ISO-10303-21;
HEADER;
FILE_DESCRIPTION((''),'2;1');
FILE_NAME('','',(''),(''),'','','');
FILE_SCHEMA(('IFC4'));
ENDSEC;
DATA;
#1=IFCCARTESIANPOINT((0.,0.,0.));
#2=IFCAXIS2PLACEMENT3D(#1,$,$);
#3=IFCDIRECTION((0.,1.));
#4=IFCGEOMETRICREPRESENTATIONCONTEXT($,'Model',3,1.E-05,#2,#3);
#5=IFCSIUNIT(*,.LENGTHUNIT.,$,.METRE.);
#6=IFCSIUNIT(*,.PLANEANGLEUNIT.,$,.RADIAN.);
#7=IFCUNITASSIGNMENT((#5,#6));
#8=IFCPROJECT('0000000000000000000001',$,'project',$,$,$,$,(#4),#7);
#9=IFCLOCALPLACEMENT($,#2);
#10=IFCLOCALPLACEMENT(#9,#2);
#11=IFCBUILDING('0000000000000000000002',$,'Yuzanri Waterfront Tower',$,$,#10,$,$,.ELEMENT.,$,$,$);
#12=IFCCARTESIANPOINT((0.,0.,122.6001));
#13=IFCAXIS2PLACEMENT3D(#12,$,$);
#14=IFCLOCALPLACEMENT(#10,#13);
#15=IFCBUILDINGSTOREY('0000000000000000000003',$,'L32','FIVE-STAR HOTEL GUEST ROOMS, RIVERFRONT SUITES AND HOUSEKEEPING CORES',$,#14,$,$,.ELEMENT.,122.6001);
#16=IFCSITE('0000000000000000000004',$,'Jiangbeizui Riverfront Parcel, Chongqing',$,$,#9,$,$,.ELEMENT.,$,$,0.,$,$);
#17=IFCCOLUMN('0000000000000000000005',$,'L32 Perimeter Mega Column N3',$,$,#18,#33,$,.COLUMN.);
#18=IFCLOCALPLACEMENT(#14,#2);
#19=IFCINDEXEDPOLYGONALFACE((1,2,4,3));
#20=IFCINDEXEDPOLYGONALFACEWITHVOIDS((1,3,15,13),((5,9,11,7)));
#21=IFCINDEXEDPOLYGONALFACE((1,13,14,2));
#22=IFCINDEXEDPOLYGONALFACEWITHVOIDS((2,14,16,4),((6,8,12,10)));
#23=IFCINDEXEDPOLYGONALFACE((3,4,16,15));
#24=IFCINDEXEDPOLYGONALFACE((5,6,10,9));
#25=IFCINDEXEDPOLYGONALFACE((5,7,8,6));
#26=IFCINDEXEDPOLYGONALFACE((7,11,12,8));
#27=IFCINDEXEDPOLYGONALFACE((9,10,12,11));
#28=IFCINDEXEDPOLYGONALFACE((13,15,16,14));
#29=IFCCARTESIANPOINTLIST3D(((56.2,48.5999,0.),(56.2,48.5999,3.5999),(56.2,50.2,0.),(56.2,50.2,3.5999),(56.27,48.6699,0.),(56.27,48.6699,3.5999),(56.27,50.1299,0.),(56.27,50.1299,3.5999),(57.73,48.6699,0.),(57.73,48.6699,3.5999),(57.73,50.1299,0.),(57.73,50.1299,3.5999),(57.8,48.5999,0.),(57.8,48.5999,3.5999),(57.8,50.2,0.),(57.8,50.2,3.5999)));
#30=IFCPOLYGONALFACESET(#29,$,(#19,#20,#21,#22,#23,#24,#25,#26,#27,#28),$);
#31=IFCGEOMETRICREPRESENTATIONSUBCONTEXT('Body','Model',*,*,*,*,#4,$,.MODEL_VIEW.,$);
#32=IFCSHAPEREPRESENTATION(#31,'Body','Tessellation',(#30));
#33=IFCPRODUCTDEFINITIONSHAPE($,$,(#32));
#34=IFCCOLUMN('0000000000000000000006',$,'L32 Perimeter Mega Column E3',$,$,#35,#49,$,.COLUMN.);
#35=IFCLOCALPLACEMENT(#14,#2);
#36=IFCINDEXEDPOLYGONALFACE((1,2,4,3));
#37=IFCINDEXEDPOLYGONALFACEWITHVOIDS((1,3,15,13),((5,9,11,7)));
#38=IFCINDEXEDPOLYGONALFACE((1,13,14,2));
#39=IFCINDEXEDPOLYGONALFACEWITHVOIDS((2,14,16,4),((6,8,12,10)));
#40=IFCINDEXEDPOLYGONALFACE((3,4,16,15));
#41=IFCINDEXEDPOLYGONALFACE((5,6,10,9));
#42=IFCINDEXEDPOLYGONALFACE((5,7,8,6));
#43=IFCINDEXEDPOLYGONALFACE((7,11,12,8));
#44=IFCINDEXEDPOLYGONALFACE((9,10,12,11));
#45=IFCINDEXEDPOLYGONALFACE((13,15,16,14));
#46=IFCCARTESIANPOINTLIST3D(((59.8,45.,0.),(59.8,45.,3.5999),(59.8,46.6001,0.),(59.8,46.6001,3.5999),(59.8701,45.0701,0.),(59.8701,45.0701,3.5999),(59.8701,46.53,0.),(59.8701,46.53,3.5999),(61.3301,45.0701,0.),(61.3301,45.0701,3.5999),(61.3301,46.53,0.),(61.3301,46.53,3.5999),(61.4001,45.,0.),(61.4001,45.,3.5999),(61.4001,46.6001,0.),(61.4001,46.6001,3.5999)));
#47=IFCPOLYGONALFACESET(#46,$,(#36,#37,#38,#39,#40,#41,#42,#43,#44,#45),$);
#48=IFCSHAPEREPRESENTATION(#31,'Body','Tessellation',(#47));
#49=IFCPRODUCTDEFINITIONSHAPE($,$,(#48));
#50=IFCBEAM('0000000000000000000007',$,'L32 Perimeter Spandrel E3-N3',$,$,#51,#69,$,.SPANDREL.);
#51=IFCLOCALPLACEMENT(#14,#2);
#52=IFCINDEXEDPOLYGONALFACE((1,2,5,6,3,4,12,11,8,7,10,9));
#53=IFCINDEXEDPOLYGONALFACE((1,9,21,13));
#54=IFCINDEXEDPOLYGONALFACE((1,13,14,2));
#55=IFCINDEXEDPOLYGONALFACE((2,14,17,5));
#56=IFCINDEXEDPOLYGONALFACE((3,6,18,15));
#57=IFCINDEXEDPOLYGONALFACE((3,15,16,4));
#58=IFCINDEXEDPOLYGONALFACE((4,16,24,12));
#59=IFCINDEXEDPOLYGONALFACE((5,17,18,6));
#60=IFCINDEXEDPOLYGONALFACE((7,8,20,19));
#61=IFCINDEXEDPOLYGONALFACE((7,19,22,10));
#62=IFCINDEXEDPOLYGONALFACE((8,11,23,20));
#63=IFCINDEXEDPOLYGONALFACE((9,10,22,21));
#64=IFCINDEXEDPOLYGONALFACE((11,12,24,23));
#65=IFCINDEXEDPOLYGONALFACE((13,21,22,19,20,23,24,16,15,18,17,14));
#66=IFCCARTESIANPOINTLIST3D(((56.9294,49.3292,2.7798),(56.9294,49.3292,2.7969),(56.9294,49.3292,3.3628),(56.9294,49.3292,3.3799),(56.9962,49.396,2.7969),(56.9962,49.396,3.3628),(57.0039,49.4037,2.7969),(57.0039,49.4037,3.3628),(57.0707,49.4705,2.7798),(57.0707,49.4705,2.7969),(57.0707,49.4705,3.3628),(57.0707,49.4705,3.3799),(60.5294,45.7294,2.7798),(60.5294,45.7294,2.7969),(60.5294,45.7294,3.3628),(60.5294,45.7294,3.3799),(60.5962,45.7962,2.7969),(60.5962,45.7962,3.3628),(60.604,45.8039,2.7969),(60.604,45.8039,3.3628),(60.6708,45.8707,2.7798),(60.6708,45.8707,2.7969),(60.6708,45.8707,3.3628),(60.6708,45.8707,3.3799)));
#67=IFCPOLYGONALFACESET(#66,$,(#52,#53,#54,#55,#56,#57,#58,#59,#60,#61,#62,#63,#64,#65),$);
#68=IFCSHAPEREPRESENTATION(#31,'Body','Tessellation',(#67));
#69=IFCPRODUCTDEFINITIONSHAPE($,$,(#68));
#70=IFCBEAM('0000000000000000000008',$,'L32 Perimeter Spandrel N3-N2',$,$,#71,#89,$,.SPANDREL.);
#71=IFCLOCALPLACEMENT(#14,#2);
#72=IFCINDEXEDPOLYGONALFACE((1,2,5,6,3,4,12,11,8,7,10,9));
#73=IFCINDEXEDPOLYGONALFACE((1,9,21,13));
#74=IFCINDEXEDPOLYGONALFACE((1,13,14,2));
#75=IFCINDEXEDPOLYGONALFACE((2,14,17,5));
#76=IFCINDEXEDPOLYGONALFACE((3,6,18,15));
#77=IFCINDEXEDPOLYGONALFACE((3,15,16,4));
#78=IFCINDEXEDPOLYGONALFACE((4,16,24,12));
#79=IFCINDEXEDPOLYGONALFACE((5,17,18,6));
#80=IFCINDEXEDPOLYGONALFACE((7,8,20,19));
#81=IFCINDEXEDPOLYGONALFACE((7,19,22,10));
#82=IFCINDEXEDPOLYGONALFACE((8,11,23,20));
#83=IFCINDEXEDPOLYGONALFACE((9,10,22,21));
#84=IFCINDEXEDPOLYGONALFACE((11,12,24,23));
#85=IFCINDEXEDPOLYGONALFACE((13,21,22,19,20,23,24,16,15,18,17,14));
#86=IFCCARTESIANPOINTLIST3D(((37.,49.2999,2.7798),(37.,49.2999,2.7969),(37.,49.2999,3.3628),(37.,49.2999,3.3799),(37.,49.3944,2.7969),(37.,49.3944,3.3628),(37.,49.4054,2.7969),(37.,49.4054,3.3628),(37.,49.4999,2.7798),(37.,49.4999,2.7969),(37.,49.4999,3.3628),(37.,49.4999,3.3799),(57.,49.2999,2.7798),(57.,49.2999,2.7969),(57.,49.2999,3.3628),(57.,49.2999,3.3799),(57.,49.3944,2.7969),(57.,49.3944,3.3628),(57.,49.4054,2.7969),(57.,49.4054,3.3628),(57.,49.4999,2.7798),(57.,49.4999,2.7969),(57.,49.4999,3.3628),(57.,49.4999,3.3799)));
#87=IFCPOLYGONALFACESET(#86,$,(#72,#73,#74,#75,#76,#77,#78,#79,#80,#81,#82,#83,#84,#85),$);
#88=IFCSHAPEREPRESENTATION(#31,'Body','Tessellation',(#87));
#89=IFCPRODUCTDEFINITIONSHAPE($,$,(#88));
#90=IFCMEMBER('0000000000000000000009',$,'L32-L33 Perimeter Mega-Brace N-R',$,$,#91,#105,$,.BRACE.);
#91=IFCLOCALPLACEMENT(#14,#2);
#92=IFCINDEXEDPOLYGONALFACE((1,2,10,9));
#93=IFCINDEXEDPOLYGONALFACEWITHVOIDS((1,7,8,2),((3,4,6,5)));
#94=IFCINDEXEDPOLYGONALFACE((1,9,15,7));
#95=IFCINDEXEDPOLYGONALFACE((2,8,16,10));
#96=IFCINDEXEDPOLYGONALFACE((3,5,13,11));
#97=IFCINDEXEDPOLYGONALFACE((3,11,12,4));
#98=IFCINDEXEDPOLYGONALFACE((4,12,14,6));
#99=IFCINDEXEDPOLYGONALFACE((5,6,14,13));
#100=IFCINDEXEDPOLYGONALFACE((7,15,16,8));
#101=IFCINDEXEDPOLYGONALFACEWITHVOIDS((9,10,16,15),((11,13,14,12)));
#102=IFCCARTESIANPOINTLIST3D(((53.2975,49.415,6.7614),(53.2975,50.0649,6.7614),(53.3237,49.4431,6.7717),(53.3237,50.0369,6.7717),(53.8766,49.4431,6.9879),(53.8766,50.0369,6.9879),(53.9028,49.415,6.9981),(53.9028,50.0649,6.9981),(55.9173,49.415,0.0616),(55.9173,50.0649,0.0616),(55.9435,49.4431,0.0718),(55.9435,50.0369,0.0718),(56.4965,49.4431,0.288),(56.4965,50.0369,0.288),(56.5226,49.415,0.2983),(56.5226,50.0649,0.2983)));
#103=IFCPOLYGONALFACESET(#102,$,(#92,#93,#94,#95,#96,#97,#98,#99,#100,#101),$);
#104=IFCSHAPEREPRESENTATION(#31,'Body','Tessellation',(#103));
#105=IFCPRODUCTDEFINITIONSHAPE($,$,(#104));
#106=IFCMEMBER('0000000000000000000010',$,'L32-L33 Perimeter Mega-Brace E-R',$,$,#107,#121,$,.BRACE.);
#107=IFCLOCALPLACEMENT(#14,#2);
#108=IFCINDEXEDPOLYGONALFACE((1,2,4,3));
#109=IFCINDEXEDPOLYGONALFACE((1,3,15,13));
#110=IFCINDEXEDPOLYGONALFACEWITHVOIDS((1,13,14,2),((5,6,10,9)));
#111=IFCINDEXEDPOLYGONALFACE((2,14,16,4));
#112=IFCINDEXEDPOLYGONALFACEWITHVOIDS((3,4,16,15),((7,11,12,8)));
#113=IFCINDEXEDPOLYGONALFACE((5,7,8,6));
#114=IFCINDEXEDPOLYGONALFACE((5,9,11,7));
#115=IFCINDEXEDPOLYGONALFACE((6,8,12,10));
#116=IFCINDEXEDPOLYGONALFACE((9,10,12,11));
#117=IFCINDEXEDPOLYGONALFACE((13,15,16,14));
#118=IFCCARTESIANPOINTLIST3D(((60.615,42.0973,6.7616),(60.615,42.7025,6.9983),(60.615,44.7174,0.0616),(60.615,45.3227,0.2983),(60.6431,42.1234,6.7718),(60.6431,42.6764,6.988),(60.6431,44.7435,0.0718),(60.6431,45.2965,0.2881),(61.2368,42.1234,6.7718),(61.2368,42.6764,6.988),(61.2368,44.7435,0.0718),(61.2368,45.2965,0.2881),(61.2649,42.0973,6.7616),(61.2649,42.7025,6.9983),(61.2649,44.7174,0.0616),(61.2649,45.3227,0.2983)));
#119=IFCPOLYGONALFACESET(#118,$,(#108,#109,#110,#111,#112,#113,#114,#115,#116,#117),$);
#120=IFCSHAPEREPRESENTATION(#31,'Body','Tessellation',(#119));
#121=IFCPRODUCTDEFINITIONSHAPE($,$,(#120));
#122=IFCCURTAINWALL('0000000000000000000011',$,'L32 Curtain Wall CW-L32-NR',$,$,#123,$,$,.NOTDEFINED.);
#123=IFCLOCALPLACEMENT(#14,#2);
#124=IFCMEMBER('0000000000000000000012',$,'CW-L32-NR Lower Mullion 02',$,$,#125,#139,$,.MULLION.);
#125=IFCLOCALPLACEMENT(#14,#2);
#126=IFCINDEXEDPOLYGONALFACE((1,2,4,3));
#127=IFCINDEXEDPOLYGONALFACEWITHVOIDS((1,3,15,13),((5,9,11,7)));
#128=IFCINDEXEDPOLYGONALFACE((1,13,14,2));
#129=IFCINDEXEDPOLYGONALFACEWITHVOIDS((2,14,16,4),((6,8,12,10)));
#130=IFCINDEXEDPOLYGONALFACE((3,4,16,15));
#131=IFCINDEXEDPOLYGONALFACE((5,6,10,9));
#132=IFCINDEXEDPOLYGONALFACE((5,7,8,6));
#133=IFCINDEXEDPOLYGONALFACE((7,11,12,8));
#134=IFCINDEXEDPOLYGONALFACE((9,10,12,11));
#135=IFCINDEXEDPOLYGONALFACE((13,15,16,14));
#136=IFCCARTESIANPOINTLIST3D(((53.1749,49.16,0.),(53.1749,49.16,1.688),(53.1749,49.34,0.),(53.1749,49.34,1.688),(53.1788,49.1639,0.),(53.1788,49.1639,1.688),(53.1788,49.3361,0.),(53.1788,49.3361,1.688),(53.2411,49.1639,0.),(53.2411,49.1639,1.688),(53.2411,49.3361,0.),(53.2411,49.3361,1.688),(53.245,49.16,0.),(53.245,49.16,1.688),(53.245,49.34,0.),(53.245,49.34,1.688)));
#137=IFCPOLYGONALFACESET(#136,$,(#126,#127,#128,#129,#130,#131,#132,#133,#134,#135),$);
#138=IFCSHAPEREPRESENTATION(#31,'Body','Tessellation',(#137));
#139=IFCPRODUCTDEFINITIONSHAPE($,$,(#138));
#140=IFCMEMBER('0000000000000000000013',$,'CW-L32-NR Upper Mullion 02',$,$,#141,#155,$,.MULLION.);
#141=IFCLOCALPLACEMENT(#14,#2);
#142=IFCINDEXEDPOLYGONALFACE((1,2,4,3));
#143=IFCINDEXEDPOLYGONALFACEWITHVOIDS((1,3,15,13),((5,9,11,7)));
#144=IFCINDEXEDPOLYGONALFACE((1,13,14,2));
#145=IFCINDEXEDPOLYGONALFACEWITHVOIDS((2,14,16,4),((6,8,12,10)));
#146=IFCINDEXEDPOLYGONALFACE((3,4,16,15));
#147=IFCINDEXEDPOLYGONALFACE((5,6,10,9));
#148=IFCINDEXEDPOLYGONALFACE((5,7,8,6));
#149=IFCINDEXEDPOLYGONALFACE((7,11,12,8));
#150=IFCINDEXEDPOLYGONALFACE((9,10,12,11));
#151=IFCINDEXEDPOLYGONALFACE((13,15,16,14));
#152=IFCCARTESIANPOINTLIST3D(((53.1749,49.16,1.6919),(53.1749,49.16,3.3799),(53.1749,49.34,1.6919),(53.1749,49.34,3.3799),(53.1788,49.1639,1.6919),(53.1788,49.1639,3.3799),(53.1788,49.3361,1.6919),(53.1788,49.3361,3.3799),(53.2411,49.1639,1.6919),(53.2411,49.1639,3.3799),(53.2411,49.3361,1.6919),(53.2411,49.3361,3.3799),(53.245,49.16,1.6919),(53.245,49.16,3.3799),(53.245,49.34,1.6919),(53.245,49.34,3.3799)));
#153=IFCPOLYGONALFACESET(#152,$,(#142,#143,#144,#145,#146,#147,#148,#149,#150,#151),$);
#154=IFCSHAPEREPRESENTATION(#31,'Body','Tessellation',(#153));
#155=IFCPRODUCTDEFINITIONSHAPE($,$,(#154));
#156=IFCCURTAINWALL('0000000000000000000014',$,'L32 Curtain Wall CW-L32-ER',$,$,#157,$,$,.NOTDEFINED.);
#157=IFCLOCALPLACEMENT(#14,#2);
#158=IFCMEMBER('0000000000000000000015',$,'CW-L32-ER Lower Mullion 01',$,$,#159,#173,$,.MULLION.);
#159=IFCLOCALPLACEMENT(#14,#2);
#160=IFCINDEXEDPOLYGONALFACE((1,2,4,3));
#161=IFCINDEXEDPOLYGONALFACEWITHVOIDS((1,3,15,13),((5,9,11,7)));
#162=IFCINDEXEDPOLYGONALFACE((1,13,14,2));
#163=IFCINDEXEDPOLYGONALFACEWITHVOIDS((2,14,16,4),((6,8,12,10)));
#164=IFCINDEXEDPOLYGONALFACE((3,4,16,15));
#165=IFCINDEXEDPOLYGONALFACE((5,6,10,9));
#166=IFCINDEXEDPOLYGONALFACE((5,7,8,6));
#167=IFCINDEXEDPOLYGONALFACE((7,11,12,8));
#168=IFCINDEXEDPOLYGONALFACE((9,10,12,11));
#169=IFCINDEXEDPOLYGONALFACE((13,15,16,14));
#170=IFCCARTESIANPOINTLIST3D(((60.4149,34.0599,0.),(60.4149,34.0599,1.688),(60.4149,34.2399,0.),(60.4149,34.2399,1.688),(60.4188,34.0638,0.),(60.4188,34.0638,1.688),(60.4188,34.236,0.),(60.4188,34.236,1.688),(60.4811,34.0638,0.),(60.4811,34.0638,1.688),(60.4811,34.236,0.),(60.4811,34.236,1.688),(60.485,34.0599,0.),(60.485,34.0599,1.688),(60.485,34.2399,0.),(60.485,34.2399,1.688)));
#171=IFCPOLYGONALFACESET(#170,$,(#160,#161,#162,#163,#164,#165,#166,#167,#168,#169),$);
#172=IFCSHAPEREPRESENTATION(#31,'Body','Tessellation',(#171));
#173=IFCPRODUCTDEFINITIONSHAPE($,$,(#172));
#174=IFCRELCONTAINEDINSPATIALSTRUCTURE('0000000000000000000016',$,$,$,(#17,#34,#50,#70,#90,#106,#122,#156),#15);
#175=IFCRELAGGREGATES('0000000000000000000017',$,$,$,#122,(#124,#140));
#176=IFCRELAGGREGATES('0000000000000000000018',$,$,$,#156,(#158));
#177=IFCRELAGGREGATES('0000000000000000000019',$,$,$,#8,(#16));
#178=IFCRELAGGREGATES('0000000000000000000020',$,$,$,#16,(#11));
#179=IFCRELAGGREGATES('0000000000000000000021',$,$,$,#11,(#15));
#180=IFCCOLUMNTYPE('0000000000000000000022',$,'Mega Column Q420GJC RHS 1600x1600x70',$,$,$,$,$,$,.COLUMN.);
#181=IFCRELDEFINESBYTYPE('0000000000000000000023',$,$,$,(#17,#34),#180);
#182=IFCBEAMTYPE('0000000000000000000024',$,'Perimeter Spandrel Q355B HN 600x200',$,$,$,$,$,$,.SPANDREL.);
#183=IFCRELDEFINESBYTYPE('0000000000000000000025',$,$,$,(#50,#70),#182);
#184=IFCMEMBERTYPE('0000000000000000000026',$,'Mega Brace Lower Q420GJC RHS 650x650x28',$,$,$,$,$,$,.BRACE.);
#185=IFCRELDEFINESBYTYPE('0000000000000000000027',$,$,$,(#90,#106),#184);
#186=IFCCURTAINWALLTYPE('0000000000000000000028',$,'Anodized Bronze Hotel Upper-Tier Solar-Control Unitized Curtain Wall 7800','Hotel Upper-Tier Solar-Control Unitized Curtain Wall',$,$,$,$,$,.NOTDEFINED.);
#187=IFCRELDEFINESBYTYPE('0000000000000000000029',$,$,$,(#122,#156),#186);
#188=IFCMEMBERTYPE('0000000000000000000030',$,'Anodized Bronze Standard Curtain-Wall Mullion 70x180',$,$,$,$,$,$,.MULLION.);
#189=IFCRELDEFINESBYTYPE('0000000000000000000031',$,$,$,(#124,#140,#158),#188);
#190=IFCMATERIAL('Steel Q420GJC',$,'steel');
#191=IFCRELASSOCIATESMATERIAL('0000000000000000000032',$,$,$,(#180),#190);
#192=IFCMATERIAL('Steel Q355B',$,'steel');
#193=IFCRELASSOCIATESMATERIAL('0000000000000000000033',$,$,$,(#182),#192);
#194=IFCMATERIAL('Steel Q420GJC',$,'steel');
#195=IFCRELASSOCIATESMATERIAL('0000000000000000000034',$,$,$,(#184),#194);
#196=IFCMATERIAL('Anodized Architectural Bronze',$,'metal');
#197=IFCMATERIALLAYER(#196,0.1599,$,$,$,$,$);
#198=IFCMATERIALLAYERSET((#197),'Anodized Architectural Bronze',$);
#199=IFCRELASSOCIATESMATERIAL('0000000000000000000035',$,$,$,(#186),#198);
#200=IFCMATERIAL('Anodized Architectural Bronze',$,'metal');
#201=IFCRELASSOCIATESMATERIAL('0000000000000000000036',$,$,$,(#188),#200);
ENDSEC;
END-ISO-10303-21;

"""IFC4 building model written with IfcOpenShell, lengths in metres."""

from ifc_helpers import new_model, si_unit, direction, frame, origin, origin_2d, place, context, subcontext, project, spatial, hollow_rectangle, i_section, extrude, source, transform, mapped, material, layer, layer_set, material_profile, profile_set, type_object, element, aggregate, save


model = new_model("IFC4")

# Units and contexts
model_context = context("Model", 3, precision=1e-05, world=origin(), true_north=direction((0.0, 1.0)))
body_context = subcontext(model_context, "Body", "Model", "MODEL_VIEW")
ifc_project = project(units=[si_unit("LENGTHUNIT", "METRE"), si_unit("PLANEANGLEUNIT", "RADIAN")], contexts=[model_context])

# Site, building, storey
site_placement = place(None, origin())
site = spatial("IfcSite", under=ifc_project, at=site_placement, Name="Jiangbeizui Riverfront Parcel, Chongqing", CompositionType="ELEMENT", RefElevation=0.0)
building_placement = place(site_placement, origin())
building = spatial("IfcBuilding", under=site, at=building_placement, Name="Yuzanri Waterfront Tower", CompositionType="ELEMENT")
storey_placement = place(building_placement, frame((0.0, 0.0, 122.6001)))
storey = spatial("IfcBuildingStorey", under=building, at=storey_placement, Name="L32", Description="FIVE-STAR HOTEL GUEST ROOMS, RIVERFRONT SUITES AND HOUSEKEEPING CORES", CompositionType="ELEMENT", Elevation=122.6001)

# Columns
ifc_material_1 = material(Name="Steel Q420GJC", Category="steel")
ifc_material_profile_1 = material_profile(ifc_material_1, hollow_rectangle(XDim=1.6001, YDim=1.6001, WallThickness=0.0701, at=origin_2d()), Name="RHS 1600x1600x70")
ifc_profile_set_1 = profile_set([ifc_material_profile_1], Name="Steel Q420GJC")
column_type = type_object("IfcColumnType", Name="Mega Column Q420GJC RHS 1600x1600x70", PredefinedType="COLUMN", material=ifc_profile_set_1)
shared_shape_1 = source(origin(), body_context, "Body", "SweptSolid", [
    extrude(hollow_rectangle(XDim=1.6001, YDim=1.6001, WallThickness=0.0701, at=origin_2d()), origin(), (0.0, 0.0, 1.0), 3.5999),
])
for number, where, z_axis, x_axis, name in (
    (1, (57.0, 49.3999, 0.0), (0.0, 0.0, 1.0), (1.0, 0.0, 0.0), "L32 Perimeter Mega Column N3"),
    (2, (60.6001, 45.8, 0.0), (0.0, 0.0, 1.0), (1.0, 0.0, 0.0), "L32 Perimeter Mega Column E3"),
):
    element("IfcColumn", number, at=place(storey_placement, frame(where, z_axis=z_axis, x_axis=x_axis)), inside=storey, type_object=column_type, Name=name, PredefinedType="COLUMN", context=body_context, shape_type="MappedRepresentation", body=[
        mapped(shared_shape_1, transform((0.0, 0.0, 0.0), scale=1.0)),
    ])

# Beams
ifc_material_2 = material(Name="Steel Q355B", Category="steel")
ifc_material_profile_2 = material_profile(ifc_material_2, i_section(OverallWidth=0.2, OverallDepth=0.6001, WebThickness=0.011, FlangeThickness=0.0171, at=origin_2d()), Name="HN 600x200x11x17")
ifc_profile_set_2 = profile_set([ifc_material_profile_2], Name="Steel Q355B")
beam_type = type_object("IfcBeamType", Name="Perimeter Spandrel Q355B HN 600x200", PredefinedType="SPANDREL", material=ifc_profile_set_2)
shared_shape_2 = source(origin(), body_context, "Body", "SweptSolid", [
    extrude(i_section(OverallWidth=0.2, OverallDepth=0.6001, WebThickness=0.011, FlangeThickness=0.0171, at=origin_2d()), origin(), (0.0, 0.0, 1.0), 5.0911),
])
beam_1_placement = place(storey_placement, frame((60.6001, 45.8, 3.0798), z_axis=(-0.707131, 0.707083, 0.0), x_axis=(-0.707083, -0.707131, 0.0)))
element("IfcBeam", 3, at=beam_1_placement, inside=storey, type_object=beam_type, Name="L32 Perimeter Spandrel E3-N3", PredefinedType="SPANDREL", context=body_context, shape_type="MappedRepresentation", body=[
    mapped(shared_shape_2, transform((0.0, 0.0, 0.0), scale=1.0)),
])
shared_shape_3 = source(origin(), body_context, "Body", "SweptSolid", [
    extrude(i_section(OverallWidth=0.2, OverallDepth=0.6001, WebThickness=0.011, FlangeThickness=0.0171, at=origin_2d()), origin(), (0.0, 0.0, 1.0), 20.0),
])
beam_2_placement = place(storey_placement, frame((57.0, 49.3999, 3.0798), z_axis=(-1.0, 0.0, 0.0), x_axis=(0.0, -1.0, 0.0)))
element("IfcBeam", 4, at=beam_2_placement, inside=storey, type_object=beam_type, Name="L32 Perimeter Spandrel N3-N2", PredefinedType="SPANDREL", context=body_context, shape_type="MappedRepresentation", body=[
    mapped(shared_shape_3, transform((0.0, 0.0, 0.0), scale=1.0)),
])

# Members
ifc_material_3 = material(Name="Steel Q420GJC", Category="steel")
ifc_material_profile_3 = material_profile(ifc_material_3, hollow_rectangle(XDim=0.6499, YDim=0.6499, WallThickness=0.0281, at=origin_2d()), Name="RHS 650x650x28")
ifc_profile_set_3 = profile_set([ifc_material_profile_3], Name="Steel Q420GJC")
member_type_1 = type_object("IfcMemberType", Name="Mega Brace Lower Q420GJC RHS 650x650x28", PredefinedType="BRACE", material=ifc_profile_set_3)
shared_shape_4 = source(origin(), body_context, "Body", "SweptSolid", [
    extrude(hollow_rectangle(XDim=0.6499, YDim=0.6499, WallThickness=0.0281, at=origin_2d()), origin(), (0.0, 0.0, 1.0), 7.1938),
])
member_1_placement = place(storey_placement, frame((56.22, 49.74, 0.1799), z_axis=(-0.364177, 0.0, 0.93133), x_axis=(0.0, -1.0, 0.0)))
element("IfcMember", 5, at=member_1_placement, inside=storey, type_object=member_type_1, Name="L32-L33 Perimeter Mega-Brace N-R", PredefinedType="BRACE", context=body_context, shape_type="MappedRepresentation", body=[
    mapped(shared_shape_4, transform((0.0, 0.0, 0.0), scale=1.0)),
])
shared_shape_5 = source(origin(), body_context, "Body", "SweptSolid", [
    extrude(hollow_rectangle(XDim=0.6499, YDim=0.6499, WallThickness=0.0281, at=origin_2d()), origin(), (0.0, 0.0, 1.0), 7.1941),
])
member_2_placement = place(storey_placement, frame((60.9399, 45.02, 0.1799), z_axis=(0.0, -0.364206, 0.931318), x_axis=(1.0, 0.0, 0.0)))
element("IfcMember", 6, at=member_2_placement, inside=storey, type_object=member_type_1, Name="L32-L33 Perimeter Mega-Brace E-R", PredefinedType="BRACE", context=body_context, shape_type="MappedRepresentation", body=[
    mapped(shared_shape_5, transform((0.0, 0.0, 0.0), scale=1.0)),
])

# Curtain walls, members
ifc_material_4 = material(Name="Anodized Architectural Bronze", Category="metal")
ifc_layer_1 = layer(ifc_material_4, 0.1599)
ifc_layer_set_1 = layer_set([ifc_layer_1], Name="Anodized Architectural Bronze")
curtain_wall_type = type_object("IfcCurtainWallType", Name="Anodized Bronze Hotel Upper-Tier Solar-Control Unitized Curtain Wall 7800", Description="Hotel Upper-Tier Solar-Control Unitized Curtain Wall", PredefinedType="NOTDEFINED", material=ifc_layer_set_1)
curtain_wall_1_placement = place(storey_placement, origin())
curtain_wall_1 = element("IfcCurtainWall", 7, at=curtain_wall_1_placement, inside=storey, type_object=curtain_wall_type, Name="L32 Curtain Wall CW-L32-NR", PredefinedType="NOTDEFINED")
ifc_material_5 = material(Name="Anodized Architectural Bronze", Category="metal")
ifc_material_profile_4 = material_profile(ifc_material_5, hollow_rectangle(XDim=0.0701, YDim=0.1799, WallThickness=0.0039, at=origin_2d()), Name="CWM 70x180")
ifc_profile_set_4 = profile_set([ifc_material_profile_4], Name="Anodized Architectural Bronze")
member_type_2 = type_object("IfcMemberType", Name="Anodized Bronze Standard Curtain-Wall Mullion 70x180", PredefinedType="MULLION", material=ifc_profile_set_4)
shared_shape_6 = source(origin(), body_context, "Body", "SweptSolid", [
    extrude(hollow_rectangle(XDim=0.0701, YDim=0.1799, WallThickness=0.0039, at=origin_2d()), origin(), (0.0, 0.0, 1.0), 1.688),
])
member_3_placement = place(storey_placement, frame((53.21, 49.25, 0.0), z_axis=(0.0, 0.0, 1.0), x_axis=(1.0, 0.0, 0.0)))
member_3 = element("IfcMember", 8, at=member_3_placement, type_object=member_type_2, Name="CW-L32-NR Lower Mullion 02", PredefinedType="MULLION", context=body_context, shape_type="MappedRepresentation", body=[
    mapped(shared_shape_6, transform((0.0, 0.0, 0.0), scale=1.0)),
])
member_4_placement = place(storey_placement, frame((53.21, 49.25, 1.6919), z_axis=(0.0, 0.0, 1.0), x_axis=(1.0, 0.0, 0.0)))
member_4 = element("IfcMember", 9, at=member_4_placement, type_object=member_type_2, Name="CW-L32-NR Upper Mullion 02", PredefinedType="MULLION", context=body_context, shape_type="MappedRepresentation", body=[
    mapped(shared_shape_6, transform((0.0, 0.0, 0.0), scale=1.0)),
])
aggregate(curtain_wall_1, [member_3, member_4])
curtain_wall_2_placement = place(storey_placement, origin())
curtain_wall_2 = element("IfcCurtainWall", 10, at=curtain_wall_2_placement, inside=storey, type_object=curtain_wall_type, Name="L32 Curtain Wall CW-L32-ER", PredefinedType="NOTDEFINED")
member_5_placement = place(storey_placement, frame((60.45, 34.1499, 0.0), z_axis=(0.0, 0.0, 1.0), x_axis=(1.0, 0.0, 0.0)))
member_5 = element("IfcMember", 11, at=member_5_placement, type_object=member_type_2, Name="CW-L32-ER Lower Mullion 01", PredefinedType="MULLION", context=body_context, shape_type="MappedRepresentation", body=[
    mapped(shared_shape_6, transform((0.0, 0.0, 0.0), scale=1.0)),
])

aggregate(curtain_wall_2, [member_5])

save(model, "model.ifc")
